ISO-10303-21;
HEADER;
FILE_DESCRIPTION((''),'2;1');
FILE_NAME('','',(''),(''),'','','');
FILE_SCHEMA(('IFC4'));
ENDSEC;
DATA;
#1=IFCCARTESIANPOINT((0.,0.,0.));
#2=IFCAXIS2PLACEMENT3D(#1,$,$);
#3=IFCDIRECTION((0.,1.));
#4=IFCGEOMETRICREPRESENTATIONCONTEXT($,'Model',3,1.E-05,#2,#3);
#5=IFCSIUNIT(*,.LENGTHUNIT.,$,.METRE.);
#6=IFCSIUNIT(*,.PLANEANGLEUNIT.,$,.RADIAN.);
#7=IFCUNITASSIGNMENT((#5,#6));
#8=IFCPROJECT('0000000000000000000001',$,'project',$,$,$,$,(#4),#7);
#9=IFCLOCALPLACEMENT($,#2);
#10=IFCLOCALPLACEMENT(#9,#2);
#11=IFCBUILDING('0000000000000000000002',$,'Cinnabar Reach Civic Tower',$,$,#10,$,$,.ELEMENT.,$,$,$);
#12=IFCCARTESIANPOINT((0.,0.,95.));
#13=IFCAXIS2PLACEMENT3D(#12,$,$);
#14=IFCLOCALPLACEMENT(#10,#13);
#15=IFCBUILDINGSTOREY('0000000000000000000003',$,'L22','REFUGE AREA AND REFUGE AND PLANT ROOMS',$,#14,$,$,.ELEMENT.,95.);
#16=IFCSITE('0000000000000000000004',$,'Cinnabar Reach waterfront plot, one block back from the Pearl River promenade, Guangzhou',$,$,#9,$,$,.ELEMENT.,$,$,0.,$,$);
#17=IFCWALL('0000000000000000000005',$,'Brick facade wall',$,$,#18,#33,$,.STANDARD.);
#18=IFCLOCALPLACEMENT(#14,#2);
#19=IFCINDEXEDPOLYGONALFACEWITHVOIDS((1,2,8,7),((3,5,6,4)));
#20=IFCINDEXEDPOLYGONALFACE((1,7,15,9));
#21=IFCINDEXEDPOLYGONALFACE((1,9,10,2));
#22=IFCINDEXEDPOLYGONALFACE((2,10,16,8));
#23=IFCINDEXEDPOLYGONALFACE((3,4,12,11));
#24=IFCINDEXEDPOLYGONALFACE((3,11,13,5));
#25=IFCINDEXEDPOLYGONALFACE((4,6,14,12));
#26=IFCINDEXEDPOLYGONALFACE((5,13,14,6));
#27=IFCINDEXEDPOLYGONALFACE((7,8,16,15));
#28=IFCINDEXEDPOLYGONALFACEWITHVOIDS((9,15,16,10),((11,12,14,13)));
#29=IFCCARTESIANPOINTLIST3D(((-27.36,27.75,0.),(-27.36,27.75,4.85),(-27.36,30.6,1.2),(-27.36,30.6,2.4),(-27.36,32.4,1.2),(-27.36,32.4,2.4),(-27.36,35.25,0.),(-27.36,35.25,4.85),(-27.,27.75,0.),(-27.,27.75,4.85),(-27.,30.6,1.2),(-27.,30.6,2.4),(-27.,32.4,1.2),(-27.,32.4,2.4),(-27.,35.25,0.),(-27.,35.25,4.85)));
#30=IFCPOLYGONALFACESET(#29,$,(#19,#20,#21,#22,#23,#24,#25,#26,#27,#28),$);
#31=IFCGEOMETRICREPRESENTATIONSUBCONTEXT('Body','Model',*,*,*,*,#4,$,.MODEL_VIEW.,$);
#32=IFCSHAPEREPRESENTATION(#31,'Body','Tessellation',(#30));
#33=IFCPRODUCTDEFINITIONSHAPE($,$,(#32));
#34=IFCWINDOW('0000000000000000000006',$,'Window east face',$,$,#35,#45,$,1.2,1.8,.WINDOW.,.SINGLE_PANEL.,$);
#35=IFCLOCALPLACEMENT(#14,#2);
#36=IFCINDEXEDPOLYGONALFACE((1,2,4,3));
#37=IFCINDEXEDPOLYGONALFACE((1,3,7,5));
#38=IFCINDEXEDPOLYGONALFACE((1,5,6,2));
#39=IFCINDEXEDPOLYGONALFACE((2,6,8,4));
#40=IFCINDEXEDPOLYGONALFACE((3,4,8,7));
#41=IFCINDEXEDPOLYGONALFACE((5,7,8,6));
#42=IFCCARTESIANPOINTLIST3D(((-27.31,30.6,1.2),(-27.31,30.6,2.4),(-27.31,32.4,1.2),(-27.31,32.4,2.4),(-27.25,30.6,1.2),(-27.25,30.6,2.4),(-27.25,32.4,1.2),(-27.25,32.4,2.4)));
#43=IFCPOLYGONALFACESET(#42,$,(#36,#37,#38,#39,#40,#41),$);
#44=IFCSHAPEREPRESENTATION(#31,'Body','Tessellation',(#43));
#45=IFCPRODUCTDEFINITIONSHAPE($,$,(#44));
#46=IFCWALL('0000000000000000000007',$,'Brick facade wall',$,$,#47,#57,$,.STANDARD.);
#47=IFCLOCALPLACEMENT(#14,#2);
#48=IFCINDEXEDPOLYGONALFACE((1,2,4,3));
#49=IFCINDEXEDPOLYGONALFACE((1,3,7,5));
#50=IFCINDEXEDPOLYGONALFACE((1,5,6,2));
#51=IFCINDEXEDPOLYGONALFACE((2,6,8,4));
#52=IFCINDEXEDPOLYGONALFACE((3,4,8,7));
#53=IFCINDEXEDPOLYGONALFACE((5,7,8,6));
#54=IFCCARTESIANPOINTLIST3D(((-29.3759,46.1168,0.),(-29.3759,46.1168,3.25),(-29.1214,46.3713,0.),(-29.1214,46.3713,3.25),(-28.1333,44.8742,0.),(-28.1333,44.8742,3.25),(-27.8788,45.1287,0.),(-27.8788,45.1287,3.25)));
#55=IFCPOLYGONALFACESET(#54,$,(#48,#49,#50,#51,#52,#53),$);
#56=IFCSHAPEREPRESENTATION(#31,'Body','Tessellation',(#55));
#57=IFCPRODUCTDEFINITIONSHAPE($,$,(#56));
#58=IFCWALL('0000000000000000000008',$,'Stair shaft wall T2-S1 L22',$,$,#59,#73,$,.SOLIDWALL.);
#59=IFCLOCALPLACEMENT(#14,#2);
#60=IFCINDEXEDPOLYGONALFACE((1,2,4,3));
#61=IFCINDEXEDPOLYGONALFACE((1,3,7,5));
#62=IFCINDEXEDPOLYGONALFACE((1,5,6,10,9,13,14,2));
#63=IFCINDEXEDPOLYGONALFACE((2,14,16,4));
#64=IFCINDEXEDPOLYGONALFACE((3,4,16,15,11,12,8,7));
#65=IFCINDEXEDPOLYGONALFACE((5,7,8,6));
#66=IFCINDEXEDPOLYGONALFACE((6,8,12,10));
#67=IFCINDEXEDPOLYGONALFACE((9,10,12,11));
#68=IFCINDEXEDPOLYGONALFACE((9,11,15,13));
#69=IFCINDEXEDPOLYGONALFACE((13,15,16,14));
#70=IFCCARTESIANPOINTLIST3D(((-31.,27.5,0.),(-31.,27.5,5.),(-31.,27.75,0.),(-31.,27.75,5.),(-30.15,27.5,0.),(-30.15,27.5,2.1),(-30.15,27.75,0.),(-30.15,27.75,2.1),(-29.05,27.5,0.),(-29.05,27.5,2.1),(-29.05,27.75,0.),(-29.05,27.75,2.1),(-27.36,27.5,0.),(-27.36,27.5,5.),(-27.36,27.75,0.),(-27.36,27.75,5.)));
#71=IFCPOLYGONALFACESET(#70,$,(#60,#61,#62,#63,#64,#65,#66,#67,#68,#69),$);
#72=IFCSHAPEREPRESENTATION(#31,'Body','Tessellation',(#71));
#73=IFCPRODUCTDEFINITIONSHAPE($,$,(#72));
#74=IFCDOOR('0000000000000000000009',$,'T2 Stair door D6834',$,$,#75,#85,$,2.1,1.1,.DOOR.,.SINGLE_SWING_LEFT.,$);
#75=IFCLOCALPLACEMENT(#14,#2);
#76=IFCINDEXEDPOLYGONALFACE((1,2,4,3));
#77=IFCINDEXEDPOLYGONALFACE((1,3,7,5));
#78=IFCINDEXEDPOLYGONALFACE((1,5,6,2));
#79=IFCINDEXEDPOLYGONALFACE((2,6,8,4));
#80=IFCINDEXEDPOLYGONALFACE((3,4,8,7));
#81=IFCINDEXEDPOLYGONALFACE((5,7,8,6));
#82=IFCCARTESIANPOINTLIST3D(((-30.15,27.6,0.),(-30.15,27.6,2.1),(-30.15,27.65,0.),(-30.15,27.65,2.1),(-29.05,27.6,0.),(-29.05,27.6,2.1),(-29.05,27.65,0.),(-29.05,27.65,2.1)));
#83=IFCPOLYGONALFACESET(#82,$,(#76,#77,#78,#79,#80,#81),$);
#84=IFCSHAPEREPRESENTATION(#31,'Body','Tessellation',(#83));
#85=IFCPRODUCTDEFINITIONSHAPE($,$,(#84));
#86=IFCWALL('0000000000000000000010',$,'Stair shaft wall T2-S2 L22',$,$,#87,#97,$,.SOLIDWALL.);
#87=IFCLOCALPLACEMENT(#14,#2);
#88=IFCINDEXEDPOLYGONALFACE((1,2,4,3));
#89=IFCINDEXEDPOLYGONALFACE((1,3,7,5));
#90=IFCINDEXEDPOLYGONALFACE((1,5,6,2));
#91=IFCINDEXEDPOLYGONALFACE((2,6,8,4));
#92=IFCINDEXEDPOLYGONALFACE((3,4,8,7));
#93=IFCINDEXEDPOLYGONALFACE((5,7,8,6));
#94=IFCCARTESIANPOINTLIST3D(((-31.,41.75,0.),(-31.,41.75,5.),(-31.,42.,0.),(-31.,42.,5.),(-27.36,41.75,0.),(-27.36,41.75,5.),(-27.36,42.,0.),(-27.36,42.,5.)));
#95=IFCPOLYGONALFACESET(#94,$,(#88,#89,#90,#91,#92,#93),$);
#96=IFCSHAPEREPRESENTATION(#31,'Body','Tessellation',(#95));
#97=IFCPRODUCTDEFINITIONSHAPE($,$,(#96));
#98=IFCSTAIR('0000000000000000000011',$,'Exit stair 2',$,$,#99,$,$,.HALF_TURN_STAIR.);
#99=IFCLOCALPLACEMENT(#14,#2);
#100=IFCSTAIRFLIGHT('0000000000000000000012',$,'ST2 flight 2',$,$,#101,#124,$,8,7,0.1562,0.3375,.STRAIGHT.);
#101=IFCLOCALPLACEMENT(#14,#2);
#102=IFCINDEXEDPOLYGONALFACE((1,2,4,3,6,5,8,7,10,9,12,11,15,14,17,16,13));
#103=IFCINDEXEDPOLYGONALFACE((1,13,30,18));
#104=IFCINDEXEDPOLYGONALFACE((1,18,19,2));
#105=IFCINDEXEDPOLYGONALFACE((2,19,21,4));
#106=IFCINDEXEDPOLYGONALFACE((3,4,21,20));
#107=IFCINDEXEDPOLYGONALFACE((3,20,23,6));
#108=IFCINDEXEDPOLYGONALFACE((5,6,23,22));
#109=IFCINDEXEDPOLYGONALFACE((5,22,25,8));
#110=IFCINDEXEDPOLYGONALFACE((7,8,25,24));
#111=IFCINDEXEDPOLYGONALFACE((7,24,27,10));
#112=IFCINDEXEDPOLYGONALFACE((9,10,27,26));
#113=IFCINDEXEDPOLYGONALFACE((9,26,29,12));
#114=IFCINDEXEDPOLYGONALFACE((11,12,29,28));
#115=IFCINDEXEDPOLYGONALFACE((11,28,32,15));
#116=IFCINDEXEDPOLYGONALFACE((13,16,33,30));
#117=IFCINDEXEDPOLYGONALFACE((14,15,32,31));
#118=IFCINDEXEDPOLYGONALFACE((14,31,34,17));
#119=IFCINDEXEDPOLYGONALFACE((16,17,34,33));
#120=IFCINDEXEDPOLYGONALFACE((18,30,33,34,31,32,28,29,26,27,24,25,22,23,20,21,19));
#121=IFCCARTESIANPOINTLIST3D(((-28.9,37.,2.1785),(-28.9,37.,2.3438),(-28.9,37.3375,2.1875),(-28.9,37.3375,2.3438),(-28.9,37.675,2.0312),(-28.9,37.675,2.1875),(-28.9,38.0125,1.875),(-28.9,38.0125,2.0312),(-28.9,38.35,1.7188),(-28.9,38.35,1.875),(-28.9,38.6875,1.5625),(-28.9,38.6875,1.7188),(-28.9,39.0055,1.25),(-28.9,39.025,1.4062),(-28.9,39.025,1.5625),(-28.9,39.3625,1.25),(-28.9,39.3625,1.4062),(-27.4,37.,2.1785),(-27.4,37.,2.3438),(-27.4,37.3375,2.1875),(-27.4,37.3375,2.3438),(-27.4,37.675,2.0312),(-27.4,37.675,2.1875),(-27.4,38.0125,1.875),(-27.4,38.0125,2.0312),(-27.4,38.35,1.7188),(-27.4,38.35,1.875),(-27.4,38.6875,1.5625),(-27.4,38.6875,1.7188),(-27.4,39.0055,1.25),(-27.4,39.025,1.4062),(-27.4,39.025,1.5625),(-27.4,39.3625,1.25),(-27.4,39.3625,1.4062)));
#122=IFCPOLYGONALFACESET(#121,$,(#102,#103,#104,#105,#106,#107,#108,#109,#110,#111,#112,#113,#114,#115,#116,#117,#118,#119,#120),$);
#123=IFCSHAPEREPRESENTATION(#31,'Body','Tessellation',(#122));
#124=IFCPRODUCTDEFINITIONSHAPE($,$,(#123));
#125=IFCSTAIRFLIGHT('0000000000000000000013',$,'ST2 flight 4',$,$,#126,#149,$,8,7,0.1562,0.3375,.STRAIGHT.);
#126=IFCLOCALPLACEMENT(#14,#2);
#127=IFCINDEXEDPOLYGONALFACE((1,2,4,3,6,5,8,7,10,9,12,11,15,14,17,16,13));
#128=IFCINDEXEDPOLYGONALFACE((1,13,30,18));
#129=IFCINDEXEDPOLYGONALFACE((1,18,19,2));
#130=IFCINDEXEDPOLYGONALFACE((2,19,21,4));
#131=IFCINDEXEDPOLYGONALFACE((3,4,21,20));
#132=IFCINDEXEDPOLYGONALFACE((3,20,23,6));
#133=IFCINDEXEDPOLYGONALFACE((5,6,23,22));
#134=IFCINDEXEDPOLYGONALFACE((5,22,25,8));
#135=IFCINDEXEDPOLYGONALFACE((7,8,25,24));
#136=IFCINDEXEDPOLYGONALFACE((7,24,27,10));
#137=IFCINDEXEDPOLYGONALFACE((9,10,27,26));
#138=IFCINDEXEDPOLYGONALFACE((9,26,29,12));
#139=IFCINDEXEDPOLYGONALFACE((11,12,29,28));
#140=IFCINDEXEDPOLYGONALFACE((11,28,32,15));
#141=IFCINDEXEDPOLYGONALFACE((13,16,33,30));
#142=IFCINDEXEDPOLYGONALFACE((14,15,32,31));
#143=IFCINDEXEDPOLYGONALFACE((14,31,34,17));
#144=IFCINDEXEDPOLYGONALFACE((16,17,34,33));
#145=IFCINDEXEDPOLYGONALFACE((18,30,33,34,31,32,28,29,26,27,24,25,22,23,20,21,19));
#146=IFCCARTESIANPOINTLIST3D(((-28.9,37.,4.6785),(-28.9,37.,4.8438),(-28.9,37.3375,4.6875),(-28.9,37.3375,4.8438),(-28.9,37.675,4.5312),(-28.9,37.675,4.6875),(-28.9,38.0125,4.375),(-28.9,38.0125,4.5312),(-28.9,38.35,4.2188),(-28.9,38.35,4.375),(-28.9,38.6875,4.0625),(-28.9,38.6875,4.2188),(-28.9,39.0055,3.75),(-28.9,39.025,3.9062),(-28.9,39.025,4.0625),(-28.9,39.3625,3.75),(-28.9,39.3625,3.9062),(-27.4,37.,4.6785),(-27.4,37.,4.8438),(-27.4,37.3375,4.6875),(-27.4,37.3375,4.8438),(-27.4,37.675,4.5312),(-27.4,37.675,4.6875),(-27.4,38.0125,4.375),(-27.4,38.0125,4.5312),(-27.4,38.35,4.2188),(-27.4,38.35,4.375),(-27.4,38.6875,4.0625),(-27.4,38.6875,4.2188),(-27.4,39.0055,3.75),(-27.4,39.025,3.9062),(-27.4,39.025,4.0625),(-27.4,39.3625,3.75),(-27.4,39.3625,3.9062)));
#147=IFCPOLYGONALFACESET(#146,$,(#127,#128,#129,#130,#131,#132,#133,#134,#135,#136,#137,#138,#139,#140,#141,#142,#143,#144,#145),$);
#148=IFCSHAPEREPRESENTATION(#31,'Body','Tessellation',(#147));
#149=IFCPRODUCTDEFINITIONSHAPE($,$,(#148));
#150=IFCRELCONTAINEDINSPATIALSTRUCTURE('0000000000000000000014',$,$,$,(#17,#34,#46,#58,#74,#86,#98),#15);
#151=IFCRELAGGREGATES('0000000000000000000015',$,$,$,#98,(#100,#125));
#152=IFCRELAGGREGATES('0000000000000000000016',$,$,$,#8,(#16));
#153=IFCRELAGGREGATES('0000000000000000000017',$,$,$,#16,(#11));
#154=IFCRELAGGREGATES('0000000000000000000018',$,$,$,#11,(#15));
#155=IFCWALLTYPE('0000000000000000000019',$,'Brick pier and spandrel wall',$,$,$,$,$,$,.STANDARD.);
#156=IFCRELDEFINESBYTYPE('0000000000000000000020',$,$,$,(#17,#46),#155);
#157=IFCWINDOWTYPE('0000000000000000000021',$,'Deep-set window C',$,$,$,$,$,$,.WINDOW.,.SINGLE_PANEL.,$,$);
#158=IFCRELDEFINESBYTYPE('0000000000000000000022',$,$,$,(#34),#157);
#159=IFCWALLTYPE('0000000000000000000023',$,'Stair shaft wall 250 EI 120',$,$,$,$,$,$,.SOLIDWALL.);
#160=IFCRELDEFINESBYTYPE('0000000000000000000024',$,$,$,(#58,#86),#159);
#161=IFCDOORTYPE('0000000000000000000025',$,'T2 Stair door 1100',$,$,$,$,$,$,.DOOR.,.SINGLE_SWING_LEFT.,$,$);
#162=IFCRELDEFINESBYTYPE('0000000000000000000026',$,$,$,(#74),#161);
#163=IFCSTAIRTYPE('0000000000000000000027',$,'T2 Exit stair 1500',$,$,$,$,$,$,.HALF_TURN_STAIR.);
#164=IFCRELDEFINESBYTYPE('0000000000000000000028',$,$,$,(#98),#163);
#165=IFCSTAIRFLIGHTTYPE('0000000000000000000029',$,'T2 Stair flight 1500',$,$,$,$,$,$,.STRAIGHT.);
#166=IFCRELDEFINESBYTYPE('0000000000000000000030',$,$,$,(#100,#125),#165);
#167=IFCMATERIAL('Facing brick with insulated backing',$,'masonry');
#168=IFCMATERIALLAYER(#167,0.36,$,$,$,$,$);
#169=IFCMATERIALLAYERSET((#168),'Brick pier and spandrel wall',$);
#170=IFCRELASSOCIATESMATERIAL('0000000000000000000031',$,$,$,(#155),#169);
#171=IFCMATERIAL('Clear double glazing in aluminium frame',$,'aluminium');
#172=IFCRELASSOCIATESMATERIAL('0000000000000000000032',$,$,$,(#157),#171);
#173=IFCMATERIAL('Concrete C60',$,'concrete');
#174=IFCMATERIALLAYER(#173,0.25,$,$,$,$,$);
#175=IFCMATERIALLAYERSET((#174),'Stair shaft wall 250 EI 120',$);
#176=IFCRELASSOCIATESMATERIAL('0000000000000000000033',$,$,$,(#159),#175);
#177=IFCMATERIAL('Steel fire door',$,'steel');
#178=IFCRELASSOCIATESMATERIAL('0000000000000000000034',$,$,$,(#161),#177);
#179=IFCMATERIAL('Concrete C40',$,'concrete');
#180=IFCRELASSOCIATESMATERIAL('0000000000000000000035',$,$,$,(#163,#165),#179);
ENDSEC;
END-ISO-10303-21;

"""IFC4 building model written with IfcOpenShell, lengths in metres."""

from ifc_helpers import new_model, si_unit, direction, frame, frame_2d, origin, place, context, subcontext, project, spatial, polyline, rectangle, outline, extrude, material, layer, layer_set, type_object, element, fill, aggregate, save


model = new_model("IFC4")

# Units and contexts
model_context = context("Model", 3, precision=1e-05, world=origin(), true_north=direction((0.0, 1.0)))
body_context = subcontext(model_context, "Body", "Model", "MODEL_VIEW")
ifc_project = project(units=[si_unit("LENGTHUNIT", "METRE"), si_unit("PLANEANGLEUNIT", "RADIAN")], contexts=[model_context])

# Site, building, storey
site_placement = place(None, origin())
site = spatial("IfcSite", under=ifc_project, at=site_placement, Name="Cinnabar Reach waterfront plot, one block back from the Pearl River promenade, Guangzhou", CompositionType="ELEMENT", RefElevation=0.0)
building_placement = place(site_placement, origin())
building = spatial("IfcBuilding", under=site, at=building_placement, Name="Cinnabar Reach Civic Tower", CompositionType="ELEMENT")
storey_placement = place(building_placement, frame((0.0, 0.0, 95.0)))
storey = spatial("IfcBuildingStorey", under=building, at=storey_placement, Name="L22", Description="REFUGE AREA AND REFUGE AND PLANT ROOMS", CompositionType="ELEMENT", Elevation=95.0)

# Shared definitions
ifc_material_1 = material(Name="Concrete C60", Category="concrete")

# Shared definitions
ifc_material_2 = material(Name="Concrete C40", Category="concrete")

# Shared definitions
ifc_material_3 = material(Name="Facing brick with insulated backing", Category="masonry")

# Wall, opening, window
ifc_layer_1 = layer(ifc_material_3, 0.36)
ifc_layer_set_1 = layer_set([ifc_layer_1], Name="Brick pier and spandrel wall")
wall_type_1 = type_object("IfcWallType", Name="Brick pier and spandrel wall", PredefinedType="STANDARD", material=ifc_layer_set_1)
wall_1_placement = place(storey_placement, frame((-27.18, 27.75, 0.0), z_axis=(0.0, 0.0, 1.0), x_axis=(0.0, 1.0, 0.0)))
wall_1 = element("IfcWall", 1, at=wall_1_placement, inside=storey, type_object=wall_type_1, Name="Brick facade wall", PredefinedType="STANDARD", context=body_context, shape_type="SweptSolid", body=[
    extrude(rectangle(XDim=7.5, YDim=0.36, at=frame_2d((3.75, 0.0))), origin(), (0.0, 0.0, 1.0), 4.85),
])
opening_1_placement = place(wall_1_placement, frame((2.85, 0.0, 1.2)))
opening_1 = element("IfcOpeningElement", 2, at=opening_1_placement, cuts=wall_1, PredefinedType="OPENING", context=body_context, shape_type="SweptSolid", body=[
    extrude(rectangle(XDim=1.8, YDim=1.2, at=frame_2d((0.9, 0.6))), frame((0.0, 0.19, 0.0), z_axis=(0.0, -1.0, 0.0), x_axis=(1.0, 0.0, 0.0)), (0.0, 0.0, 1.0), 0.38),
])
ifc_material_4 = material(Name="Clear double glazing in aluminium frame", Category="aluminium")
window_type = type_object("IfcWindowType", Name="Deep-set window C", PartitioningType="SINGLE_PANEL", PredefinedType="WINDOW", material=ifc_material_4)
window_placement = place(opening_1_placement, origin())
window = element("IfcWindow", 3, at=window_placement, inside=storey, type_object=window_type, Name="Window east face", OverallHeight=1.2, OverallWidth=1.8, PartitioningType="SINGLE_PANEL", PredefinedType="WINDOW", context=body_context, shape_type="SweptSolid", body=[
    extrude(rectangle(XDim=1.8, YDim=1.2, at=frame_2d((0.9, 0.6))), frame((0.0, 0.13, 0.0), z_axis=(0.0, -1.0, 0.0), x_axis=(1.0, 0.0, 0.0)), (0.0, 0.0, 1.0), 0.06),
])
fill(opening_1, window)

# Wall
wall_2_placement = place(storey_placement, frame((-28.006, 45.0014, 0.0), z_axis=(0.0, 0.0, 1.0), x_axis=(-0.707107, 0.707107, 0.0)))
element("IfcWall", 4, at=wall_2_placement, inside=storey, type_object=wall_type_1, Name="Brick facade wall", PredefinedType="STANDARD", context=body_context, shape_type="SweptSolid", body=[
    extrude(rectangle(XDim=1.7573, YDim=0.36, at=frame_2d((0.8787, 0.0))), origin(), (0.0, 0.0, 1.0), 3.25),
])

# Wall, opening, door
ifc_layer_2 = layer(ifc_material_1, 0.25)
ifc_layer_set_2 = layer_set([ifc_layer_2], Name="Stair shaft wall 250 EI 120")
wall_type_2 = type_object("IfcWallType", Name="Stair shaft wall 250 EI 120", PredefinedType="SOLIDWALL", material=ifc_layer_set_2)
wall_3_placement = place(storey_placement, frame((-27.36, 27.625, 0.0), z_axis=(0.0, 0.0, 1.0), x_axis=(-1.0, 0.0, 0.0)))
wall_3 = element("IfcWall", 5, at=wall_3_placement, inside=storey, type_object=wall_type_2, Name="Stair shaft wall T2-S1 L22", PredefinedType="SOLIDWALL", context=body_context, shape_type="SweptSolid", body=[
    extrude(rectangle(XDim=3.64, YDim=0.25, at=frame_2d((1.82, 0.0))), origin(), (0.0, 0.0, 1.0), 5.0),
])
opening_2_placement = place(wall_3_placement, frame((1.69, 0.0, 0.0)))
opening_2 = element("IfcOpeningElement", 6, at=opening_2_placement, cuts=wall_3, PredefinedType="OPENING", context=body_context, shape_type="SweptSolid", body=[
    extrude(rectangle(XDim=1.1, YDim=2.1, at=frame_2d((0.55, 1.05))), frame((0.0, 0.135, 0.0), z_axis=(0.0, -1.0, 0.0), x_axis=(1.0, 0.0, 0.0)), (0.0, 0.0, 1.0), 0.27),
])
ifc_material_5 = material(Name="Steel fire door", Category="steel")
door_type = type_object("IfcDoorType", Name="T2 Stair door 1100", OperationType="SINGLE_SWING_LEFT", PredefinedType="DOOR", material=ifc_material_5)
door_placement = place(opening_2_placement, origin())
door = element("IfcDoor", 7, at=door_placement, inside=storey, type_object=door_type, Name="T2 Stair door D6834", OperationType="SINGLE_SWING_LEFT", OverallHeight=2.1, OverallWidth=1.1, PredefinedType="DOOR", context=body_context, shape_type="SweptSolid", body=[
    extrude(rectangle(XDim=1.1, YDim=2.1, at=frame_2d((0.55, 1.05))), frame((0.0, 0.025, 0.0), z_axis=(0.0, -1.0, 0.0), x_axis=(1.0, 0.0, 0.0)), (0.0, 0.0, 1.0), 0.05),
])
fill(opening_2, door)

# Wall
wall_4_placement = place(storey_placement, frame((-27.36, 41.875, 0.0), z_axis=(0.0, 0.0, 1.0), x_axis=(-1.0, 0.0, 0.0)))
element("IfcWall", 8, at=wall_4_placement, inside=storey, type_object=wall_type_2, Name="Stair shaft wall T2-S2 L22", PredefinedType="SOLIDWALL", context=body_context, shape_type="SweptSolid", body=[
    extrude(rectangle(XDim=3.64, YDim=0.25, at=frame_2d((1.82, 0.0))), origin(), (0.0, 0.0, 1.0), 5.0),
])

# Stair, stair flights
stair_type = type_object("IfcStairType", Name="T2 Exit stair 1500", PredefinedType="HALF_TURN_STAIR", material=ifc_material_2)
stair_placement = place(storey_placement, origin())
stair = element("IfcStair", 9, at=stair_placement, inside=storey, type_object=stair_type, Name="Exit stair 2", PredefinedType="HALF_TURN_STAIR")
stair_flight_type = type_object("IfcStairFlightType", Name="T2 Stair flight 1500", PredefinedType="STRAIGHT", material=ifc_material_2)
stair_flight_1_placement = place(storey_placement, frame((-28.15, 39.3625, 1.25), z_axis=(0.0, 0.0, 1.0), x_axis=(0.0, -1.0, 0.0)))
stair_flight_1 = element("IfcStairFlight", 10, at=stair_flight_1_placement, type_object=stair_flight_type, Name="ST2 flight 2", NumberOfRisers=8, NumberOfTreads=7, PredefinedType="STRAIGHT", RiserHeight=0.1562, TreadLength=0.3375, context=body_context, shape_type="SweptSolid", body=[
    extrude(outline(polyline([(0.0, 0.0), (0.0, 0.1562), (0.3375, 0.1562), (0.3375, 0.3125), (0.675, 0.3125), (0.675, 0.4688), (1.0125, 0.4688), (1.0125, 0.625), (1.35, 0.625), (1.35, 0.7812), (1.6875, 0.7812), (1.6875, 0.9375), (2.025, 0.9375), (2.025, 1.0938), (2.3625, 1.0938), (2.3625, 1.25), (2.3625, 0.9285), (0.357, 0.0), (0.0, 0.0)])), frame((0.0, 0.75, 0.0), z_axis=(0.0, -1.0, 0.0), x_axis=(1.0, 0.0, 0.0)), (0.0, 0.0, 1.0), 1.5),
])
stair_flight_2_placement = place(storey_placement, frame((-28.15, 39.3625, 3.75), z_axis=(0.0, 0.0, 1.0), x_axis=(0.0, -1.0, 0.0)))
stair_flight_2 = element("IfcStairFlight", 11, at=stair_flight_2_placement, type_object=stair_flight_type, Name="ST2 flight 4", NumberOfRisers=8, NumberOfTreads=7, PredefinedType="STRAIGHT", RiserHeight=0.1562, TreadLength=0.3375, context=body_context, shape_type="SweptSolid", body=[
    extrude(outline(polyline([(0.0, 0.0), (0.0, 0.1562), (0.3375, 0.1562), (0.3375, 0.3125), (0.675, 0.3125), (0.675, 0.4688), (1.0125, 0.4688), (1.0125, 0.625), (1.35, 0.625), (1.35, 0.7812), (1.6875, 0.7812), (1.6875, 0.9375), (2.025, 0.9375), (2.025, 1.0938), (2.3625, 1.0938), (2.3625, 1.25), (2.3625, 0.9285), (0.357, 0.0), (0.0, 0.0)])), frame((0.0, 0.75, 0.0), z_axis=(0.0, -1.0, 0.0), x_axis=(1.0, 0.0, 0.0)), (0.0, 0.0, 1.0), 1.5),
])
aggregate(stair, [stair_flight_1, stair_flight_2])

save(model, "model.ifc")
